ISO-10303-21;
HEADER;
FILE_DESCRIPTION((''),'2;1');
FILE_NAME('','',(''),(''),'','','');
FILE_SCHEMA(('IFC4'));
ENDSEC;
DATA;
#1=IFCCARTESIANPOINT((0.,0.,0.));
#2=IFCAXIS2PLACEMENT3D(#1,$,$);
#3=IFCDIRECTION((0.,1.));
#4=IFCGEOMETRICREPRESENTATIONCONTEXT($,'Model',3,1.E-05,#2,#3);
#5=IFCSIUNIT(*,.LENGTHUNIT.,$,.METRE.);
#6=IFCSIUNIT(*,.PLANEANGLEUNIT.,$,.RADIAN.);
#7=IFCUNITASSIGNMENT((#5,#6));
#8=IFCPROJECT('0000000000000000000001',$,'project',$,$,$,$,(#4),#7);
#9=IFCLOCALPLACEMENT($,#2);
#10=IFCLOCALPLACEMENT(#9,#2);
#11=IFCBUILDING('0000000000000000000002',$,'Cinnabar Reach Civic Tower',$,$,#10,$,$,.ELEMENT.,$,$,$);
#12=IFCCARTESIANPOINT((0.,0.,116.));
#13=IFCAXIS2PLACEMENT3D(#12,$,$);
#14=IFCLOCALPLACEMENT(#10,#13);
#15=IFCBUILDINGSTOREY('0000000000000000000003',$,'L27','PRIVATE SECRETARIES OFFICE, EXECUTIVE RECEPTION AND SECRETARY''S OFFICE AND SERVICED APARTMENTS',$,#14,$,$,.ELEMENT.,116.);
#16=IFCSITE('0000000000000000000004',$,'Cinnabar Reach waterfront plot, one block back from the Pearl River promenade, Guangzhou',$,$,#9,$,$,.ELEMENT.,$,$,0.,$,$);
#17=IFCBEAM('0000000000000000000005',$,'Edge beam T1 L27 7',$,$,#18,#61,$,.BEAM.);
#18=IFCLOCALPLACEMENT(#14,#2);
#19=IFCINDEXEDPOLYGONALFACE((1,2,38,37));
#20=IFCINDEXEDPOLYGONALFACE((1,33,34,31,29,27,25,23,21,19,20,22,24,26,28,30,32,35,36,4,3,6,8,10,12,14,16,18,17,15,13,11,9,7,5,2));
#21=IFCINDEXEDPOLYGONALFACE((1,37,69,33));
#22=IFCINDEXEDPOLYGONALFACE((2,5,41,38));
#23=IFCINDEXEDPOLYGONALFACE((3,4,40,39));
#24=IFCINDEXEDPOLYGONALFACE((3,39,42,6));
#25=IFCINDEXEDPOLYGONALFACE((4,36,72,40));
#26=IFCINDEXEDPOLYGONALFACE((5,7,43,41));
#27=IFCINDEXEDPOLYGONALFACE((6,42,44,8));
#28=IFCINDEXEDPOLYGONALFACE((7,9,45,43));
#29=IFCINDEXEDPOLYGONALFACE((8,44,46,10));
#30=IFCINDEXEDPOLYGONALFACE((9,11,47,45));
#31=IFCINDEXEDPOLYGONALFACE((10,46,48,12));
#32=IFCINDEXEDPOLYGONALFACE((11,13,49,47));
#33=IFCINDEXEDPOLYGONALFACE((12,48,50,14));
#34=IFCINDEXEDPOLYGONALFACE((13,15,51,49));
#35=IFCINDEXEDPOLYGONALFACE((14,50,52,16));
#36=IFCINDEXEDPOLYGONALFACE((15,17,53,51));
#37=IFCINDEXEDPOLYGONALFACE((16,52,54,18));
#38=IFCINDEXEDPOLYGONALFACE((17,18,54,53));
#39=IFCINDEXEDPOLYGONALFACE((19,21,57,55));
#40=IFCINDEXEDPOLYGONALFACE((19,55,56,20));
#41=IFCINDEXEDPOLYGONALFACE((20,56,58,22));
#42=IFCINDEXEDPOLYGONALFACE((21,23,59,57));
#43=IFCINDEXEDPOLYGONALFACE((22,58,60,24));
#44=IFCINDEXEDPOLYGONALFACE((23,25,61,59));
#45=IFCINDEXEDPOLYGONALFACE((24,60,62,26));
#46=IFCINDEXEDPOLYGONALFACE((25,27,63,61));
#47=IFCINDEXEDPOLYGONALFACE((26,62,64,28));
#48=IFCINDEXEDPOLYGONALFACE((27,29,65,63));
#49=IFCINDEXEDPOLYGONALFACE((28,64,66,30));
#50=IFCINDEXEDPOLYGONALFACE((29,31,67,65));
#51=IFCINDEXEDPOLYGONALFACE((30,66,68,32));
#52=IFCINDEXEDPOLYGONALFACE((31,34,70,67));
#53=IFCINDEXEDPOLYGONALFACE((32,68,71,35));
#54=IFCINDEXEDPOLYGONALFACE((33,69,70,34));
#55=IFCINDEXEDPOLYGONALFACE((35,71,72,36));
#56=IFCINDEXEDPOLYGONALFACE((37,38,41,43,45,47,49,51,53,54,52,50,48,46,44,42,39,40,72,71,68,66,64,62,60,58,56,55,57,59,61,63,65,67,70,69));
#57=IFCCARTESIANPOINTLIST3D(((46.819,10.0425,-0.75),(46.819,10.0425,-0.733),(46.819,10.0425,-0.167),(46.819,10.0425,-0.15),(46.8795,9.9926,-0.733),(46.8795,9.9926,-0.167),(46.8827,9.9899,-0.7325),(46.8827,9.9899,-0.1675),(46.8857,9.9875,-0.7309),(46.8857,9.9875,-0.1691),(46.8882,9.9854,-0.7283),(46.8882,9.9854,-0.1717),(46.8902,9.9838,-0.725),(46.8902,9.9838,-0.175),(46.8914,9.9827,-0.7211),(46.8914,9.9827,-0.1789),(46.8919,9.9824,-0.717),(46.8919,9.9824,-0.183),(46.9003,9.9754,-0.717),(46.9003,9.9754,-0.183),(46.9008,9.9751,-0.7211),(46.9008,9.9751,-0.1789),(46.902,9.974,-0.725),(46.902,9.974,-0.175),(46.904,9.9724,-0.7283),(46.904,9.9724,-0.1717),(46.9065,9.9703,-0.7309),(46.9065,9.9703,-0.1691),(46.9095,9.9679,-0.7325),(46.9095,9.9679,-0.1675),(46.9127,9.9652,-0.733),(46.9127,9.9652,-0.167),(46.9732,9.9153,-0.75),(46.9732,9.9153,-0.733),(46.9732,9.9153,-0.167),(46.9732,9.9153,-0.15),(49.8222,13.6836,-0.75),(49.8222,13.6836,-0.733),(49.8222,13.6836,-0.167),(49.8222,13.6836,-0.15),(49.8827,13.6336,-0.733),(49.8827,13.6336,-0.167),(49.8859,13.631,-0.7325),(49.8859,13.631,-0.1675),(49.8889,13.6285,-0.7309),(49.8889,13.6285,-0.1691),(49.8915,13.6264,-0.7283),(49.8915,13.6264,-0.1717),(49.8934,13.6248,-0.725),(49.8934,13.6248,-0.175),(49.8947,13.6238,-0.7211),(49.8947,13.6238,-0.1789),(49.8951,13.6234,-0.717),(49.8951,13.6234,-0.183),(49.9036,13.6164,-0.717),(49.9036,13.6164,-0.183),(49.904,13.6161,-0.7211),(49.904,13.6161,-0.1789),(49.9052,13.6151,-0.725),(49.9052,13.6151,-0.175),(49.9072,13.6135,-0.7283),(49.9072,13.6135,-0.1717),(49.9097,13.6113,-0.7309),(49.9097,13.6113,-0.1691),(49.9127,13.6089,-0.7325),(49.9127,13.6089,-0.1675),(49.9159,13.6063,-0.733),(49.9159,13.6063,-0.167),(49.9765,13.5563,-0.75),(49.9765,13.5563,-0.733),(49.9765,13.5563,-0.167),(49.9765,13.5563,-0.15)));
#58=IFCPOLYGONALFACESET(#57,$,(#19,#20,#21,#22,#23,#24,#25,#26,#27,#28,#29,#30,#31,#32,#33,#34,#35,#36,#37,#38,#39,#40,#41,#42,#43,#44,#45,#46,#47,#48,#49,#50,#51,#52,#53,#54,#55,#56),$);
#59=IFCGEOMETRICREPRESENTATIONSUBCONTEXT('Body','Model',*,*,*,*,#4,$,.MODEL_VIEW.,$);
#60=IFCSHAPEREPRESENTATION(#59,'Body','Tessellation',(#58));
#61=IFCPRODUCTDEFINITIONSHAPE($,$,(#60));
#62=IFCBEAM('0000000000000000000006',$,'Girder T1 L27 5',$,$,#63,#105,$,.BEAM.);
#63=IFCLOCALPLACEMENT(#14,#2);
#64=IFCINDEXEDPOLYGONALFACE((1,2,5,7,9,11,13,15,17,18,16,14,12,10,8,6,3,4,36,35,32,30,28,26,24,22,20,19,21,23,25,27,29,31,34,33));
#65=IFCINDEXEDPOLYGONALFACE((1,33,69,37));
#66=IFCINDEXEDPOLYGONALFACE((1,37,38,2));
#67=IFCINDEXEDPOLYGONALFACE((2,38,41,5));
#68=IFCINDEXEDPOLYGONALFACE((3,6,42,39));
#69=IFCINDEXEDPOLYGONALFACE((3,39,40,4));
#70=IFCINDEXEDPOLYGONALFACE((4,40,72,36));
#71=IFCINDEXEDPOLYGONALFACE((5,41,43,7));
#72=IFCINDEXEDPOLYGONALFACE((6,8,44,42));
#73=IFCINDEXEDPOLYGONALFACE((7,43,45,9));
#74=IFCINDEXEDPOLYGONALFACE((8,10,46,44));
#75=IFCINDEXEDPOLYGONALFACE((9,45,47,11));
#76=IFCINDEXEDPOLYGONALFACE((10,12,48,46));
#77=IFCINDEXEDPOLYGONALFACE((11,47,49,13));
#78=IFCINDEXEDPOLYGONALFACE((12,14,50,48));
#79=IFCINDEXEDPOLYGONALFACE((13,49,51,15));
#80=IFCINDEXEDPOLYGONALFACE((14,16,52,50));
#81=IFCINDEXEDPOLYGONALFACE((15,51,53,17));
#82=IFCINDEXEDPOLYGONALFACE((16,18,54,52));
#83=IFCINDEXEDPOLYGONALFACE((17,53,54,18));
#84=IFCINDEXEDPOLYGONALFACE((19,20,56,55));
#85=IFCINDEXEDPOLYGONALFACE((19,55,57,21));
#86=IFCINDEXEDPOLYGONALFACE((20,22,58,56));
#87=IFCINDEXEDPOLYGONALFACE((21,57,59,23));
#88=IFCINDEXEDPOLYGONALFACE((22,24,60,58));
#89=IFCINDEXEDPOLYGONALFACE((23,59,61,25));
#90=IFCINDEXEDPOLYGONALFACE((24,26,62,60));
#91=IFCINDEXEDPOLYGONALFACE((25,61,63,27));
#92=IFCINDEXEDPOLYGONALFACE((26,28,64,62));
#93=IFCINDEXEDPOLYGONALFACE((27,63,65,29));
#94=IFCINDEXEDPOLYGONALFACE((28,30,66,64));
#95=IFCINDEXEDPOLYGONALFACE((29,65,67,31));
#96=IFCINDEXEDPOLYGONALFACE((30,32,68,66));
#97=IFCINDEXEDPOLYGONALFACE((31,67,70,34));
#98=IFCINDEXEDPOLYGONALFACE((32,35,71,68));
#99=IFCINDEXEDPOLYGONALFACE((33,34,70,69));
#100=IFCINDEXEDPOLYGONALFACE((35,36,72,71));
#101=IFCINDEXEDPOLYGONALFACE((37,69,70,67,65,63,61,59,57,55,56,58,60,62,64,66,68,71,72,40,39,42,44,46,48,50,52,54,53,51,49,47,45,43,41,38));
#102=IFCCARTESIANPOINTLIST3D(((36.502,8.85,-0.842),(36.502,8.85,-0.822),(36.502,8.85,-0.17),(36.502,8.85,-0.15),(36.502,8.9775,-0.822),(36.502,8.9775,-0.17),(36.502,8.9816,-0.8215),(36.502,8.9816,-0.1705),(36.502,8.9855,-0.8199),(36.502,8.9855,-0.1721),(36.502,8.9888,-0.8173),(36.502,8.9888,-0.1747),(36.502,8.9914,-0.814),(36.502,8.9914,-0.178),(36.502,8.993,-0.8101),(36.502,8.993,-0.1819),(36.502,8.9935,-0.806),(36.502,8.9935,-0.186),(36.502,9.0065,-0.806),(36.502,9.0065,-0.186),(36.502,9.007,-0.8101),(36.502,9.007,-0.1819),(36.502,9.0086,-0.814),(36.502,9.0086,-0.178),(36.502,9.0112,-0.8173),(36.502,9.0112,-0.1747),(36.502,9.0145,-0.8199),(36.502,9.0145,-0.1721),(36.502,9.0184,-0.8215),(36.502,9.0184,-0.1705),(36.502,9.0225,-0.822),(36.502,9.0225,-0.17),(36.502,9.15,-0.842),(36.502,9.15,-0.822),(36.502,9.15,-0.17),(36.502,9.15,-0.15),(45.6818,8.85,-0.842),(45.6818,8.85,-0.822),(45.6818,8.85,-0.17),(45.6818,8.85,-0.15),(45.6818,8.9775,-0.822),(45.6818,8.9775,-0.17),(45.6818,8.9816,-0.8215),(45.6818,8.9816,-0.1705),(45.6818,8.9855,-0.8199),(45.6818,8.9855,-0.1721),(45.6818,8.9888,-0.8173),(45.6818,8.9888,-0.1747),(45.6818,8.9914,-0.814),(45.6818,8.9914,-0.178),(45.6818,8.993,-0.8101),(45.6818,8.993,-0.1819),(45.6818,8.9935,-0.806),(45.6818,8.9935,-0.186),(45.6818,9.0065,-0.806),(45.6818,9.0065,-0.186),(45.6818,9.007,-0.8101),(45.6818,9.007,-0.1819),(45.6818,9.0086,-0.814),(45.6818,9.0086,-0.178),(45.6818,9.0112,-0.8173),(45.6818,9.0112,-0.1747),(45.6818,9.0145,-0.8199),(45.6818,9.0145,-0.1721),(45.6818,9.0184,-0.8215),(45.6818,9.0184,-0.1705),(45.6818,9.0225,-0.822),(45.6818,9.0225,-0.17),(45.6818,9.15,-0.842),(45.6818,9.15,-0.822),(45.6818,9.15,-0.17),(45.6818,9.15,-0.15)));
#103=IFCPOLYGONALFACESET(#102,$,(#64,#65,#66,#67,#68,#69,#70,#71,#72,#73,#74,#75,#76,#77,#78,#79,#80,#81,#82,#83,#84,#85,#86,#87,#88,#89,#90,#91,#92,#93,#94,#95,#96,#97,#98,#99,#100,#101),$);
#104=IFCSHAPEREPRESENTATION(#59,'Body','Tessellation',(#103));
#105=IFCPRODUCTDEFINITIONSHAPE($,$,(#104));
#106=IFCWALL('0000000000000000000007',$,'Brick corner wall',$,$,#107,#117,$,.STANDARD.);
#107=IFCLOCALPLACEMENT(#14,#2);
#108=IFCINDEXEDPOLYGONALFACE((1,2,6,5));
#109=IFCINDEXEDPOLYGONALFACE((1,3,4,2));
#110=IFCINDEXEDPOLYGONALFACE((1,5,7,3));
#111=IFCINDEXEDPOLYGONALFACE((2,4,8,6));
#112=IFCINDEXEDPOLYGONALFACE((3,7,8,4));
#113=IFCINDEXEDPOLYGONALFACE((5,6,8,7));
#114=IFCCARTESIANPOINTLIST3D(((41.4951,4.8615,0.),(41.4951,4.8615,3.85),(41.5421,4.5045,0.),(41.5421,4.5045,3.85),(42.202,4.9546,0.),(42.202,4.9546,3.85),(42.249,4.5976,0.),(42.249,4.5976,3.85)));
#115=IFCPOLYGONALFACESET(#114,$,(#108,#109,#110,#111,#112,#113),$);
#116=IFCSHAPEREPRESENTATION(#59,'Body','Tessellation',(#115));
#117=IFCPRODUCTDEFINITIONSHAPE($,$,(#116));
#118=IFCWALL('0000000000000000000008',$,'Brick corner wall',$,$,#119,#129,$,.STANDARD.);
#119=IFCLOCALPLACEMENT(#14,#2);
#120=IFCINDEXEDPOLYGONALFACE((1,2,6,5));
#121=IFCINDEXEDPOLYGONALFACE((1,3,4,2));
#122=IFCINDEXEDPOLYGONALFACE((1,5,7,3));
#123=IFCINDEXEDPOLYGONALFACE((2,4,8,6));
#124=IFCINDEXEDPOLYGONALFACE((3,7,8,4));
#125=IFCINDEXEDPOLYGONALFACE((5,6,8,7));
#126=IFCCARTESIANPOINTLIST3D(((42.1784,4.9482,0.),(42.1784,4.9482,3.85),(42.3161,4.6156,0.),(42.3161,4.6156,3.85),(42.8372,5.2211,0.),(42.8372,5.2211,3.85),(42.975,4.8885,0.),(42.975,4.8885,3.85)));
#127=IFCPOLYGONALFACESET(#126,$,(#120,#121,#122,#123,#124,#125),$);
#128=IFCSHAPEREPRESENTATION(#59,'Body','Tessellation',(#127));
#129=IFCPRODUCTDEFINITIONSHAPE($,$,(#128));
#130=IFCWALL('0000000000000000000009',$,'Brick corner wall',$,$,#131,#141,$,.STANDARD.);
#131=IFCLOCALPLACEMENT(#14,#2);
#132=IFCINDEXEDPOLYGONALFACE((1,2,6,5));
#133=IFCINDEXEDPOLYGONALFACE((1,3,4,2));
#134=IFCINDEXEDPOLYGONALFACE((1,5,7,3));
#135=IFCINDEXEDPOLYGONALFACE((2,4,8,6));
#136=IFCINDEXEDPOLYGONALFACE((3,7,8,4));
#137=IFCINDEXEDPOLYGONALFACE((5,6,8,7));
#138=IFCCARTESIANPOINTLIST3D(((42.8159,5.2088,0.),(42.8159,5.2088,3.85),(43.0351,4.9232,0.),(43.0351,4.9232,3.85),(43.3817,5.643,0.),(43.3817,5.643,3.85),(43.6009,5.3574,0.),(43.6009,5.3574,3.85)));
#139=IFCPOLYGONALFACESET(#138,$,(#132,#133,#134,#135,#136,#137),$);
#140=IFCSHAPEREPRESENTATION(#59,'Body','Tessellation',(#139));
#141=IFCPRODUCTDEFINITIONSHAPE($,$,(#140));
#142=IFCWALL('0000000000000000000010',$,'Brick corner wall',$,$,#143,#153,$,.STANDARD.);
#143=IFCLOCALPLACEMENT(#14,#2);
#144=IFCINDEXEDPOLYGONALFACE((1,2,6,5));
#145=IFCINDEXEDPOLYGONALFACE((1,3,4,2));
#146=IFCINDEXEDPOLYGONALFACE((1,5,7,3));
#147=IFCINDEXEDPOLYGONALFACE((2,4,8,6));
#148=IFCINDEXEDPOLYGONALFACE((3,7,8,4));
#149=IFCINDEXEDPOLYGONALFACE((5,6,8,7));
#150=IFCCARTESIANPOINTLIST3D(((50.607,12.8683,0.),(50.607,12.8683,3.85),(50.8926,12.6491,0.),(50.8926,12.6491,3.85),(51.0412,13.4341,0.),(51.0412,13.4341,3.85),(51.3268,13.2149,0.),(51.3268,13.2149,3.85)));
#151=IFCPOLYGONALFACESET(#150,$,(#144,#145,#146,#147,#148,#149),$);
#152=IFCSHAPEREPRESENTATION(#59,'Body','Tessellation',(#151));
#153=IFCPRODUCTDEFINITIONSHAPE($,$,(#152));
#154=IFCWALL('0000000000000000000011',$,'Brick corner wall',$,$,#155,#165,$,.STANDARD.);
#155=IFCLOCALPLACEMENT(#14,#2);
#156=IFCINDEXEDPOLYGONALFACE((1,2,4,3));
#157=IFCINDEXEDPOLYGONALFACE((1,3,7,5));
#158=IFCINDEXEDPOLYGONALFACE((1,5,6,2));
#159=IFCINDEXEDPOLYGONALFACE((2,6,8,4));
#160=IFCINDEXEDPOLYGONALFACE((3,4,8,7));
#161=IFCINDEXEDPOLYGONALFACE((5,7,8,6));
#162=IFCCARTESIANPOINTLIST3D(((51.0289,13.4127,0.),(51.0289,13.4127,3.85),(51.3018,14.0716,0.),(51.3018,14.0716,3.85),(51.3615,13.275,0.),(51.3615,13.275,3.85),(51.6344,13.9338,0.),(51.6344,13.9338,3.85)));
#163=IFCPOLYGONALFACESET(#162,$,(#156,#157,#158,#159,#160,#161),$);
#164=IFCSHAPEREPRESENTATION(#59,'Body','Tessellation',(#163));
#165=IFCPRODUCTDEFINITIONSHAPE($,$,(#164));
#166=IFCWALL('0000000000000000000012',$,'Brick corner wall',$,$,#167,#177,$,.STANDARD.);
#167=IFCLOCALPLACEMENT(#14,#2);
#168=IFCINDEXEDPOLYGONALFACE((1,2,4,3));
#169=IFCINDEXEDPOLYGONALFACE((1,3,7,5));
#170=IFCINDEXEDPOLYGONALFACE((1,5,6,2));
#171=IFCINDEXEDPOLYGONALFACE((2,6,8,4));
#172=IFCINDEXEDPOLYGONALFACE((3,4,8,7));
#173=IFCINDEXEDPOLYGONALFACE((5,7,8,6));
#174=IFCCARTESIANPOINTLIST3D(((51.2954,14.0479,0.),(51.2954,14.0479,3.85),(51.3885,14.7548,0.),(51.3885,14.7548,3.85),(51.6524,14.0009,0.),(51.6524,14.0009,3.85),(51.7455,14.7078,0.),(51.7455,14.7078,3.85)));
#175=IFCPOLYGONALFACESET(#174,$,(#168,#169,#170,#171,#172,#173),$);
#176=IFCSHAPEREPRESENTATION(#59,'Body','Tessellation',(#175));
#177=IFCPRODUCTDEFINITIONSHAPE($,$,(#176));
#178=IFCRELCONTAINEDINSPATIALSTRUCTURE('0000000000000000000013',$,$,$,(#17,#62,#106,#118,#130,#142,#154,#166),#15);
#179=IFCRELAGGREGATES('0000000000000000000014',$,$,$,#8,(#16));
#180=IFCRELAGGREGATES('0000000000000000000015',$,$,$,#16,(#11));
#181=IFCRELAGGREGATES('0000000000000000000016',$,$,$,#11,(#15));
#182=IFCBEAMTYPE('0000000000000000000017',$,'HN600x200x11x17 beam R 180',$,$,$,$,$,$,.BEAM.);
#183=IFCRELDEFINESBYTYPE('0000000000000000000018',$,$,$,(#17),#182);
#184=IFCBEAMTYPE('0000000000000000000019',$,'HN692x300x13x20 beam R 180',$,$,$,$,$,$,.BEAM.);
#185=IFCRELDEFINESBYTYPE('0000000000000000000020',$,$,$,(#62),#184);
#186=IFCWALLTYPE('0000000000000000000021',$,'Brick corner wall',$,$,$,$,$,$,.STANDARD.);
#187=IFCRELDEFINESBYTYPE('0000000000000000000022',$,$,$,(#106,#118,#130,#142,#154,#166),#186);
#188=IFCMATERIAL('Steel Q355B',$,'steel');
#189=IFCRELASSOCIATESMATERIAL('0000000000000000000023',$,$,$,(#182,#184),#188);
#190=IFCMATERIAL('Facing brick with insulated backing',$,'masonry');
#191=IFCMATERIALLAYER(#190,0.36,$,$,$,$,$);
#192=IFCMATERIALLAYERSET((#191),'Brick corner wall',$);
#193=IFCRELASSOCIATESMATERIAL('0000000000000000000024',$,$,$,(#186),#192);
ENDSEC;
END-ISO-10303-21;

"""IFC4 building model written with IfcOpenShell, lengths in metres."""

from ifc_helpers import new_model, si_unit, direction, frame, frame_2d, origin, origin_2d, place, context, subcontext, project, spatial, rectangle, i_section, extrude, material, layer, layer_set, material_profile, profile_set, type_object, element, save


model = new_model("IFC4")

# Units and contexts
model_context = context("Model", 3, precision=1e-05, world=origin(), true_north=direction((0.0, 1.0)))
body_context = subcontext(model_context, "Body", "Model", "MODEL_VIEW")
ifc_project = project(units=[si_unit("LENGTHUNIT", "METRE"), si_unit("PLANEANGLEUNIT", "RADIAN")], contexts=[model_context])

# Site, building, storey
site_placement = place(None, origin())
site = spatial("IfcSite", under=ifc_project, at=site_placement, Name="Cinnabar Reach waterfront plot, one block back from the Pearl River promenade, Guangzhou", CompositionType="ELEMENT", RefElevation=0.0)
building_placement = place(site_placement, origin())
building = spatial("IfcBuilding", under=site, at=building_placement, Name="Cinnabar Reach Civic Tower", CompositionType="ELEMENT")
storey_placement = place(building_placement, frame((0.0, 0.0, 116.0)))
storey = spatial("IfcBuildingStorey", under=building, at=storey_placement, Name="L27", Description="PRIVATE SECRETARIES OFFICE, EXECUTIVE RECEPTION AND SECRETARY'S OFFICE AND SERVICED APARTMENTS", CompositionType="ELEMENT", Elevation=116.0)

# Beams
ifc_material_1 = material(Name="Steel Q355B", Category="steel")
ifc_material_profile_1 = material_profile(ifc_material_1, i_section(OverallWidth=0.2, OverallDepth=0.6, WebThickness=0.011, FlangeThickness=0.017, FilletRadius=0.016, at=origin_2d()), Name="HN600x200x11x17")
ifc_profile_set_1 = profile_set([ifc_material_profile_1], Name="Steel Q355B")
beam_type_1 = type_object("IfcBeamType", Name="HN600x200x11x17 beam R 180", PredefinedType="BEAM", material=ifc_profile_set_1)
for number, where, z_axis, x_axis, name in (
    (1, (46.8961, 9.9789, -0.45), (0.636304, 0.771438, 0.0), (-0.771438, 0.636304, 0.0), "Edge beam T1 L27 7"),
):
    element("IfcBeam", number, at=place(storey_placement, frame(where, z_axis=z_axis, x_axis=x_axis)), inside=storey, type_object=beam_type_1, Name=name, PredefinedType="BEAM", context=body_context, shape_type="SweptSolid", body=[
        extrude(i_section(OverallWidth=0.2, OverallDepth=0.6, WebThickness=0.011, FlangeThickness=0.017, FilletRadius=0.016, at=origin_2d()), origin(), (0.0, 0.0, 1.0), 4.7198),
    ])
ifc_material_profile_2 = material_profile(ifc_material_1, i_section(OverallWidth=0.3, OverallDepth=0.692, WebThickness=0.013, FlangeThickness=0.02, FilletRadius=0.016, at=origin_2d()), Name="HN692x300x13x20")
ifc_profile_set_2 = profile_set([ifc_material_profile_2], Name="Steel Q355B")
beam_type_2 = type_object("IfcBeamType", Name="HN692x300x13x20 beam R 180", PredefinedType="BEAM", material=ifc_profile_set_2)
beam_1_placement = place(storey_placement, frame((36.502, 9.0, -0.496), z_axis=(1.0, 0.0, 0.0), x_axis=(0.0, 1.0, 0.0)))
element("IfcBeam", 2, at=beam_1_placement, inside=storey, type_object=beam_type_2, Name="Girder T1 L27 5", PredefinedType="BEAM", context=body_context, shape_type="SweptSolid", body=[
    extrude(i_section(OverallWidth=0.3, OverallDepth=0.692, WebThickness=0.013, FlangeThickness=0.02, FilletRadius=0.016, at=origin_2d()), origin(), (0.0, 0.0, 1.0), 9.1798),
])

# Walls
ifc_material_2 = material(Name="Facing brick with insulated backing", Category="masonry")
ifc_layer_1 = layer(ifc_material_2, 0.36)
ifc_layer_set_1 = layer_set([ifc_layer_1], Name="Brick corner wall")
wall_type_1 = type_object("IfcWallType", Name="Brick corner wall", PredefinedType="STANDARD", material=ifc_layer_set_1)
for number, where, z_axis, x_axis, name in (
    (3, (41.5186, 4.683, 0.0), (0.0, 0.0, 1.0), (0.991441, 0.130556, 0.0), "Brick corner wall"),
    (4, (42.2473, 4.7819, 0.0), (0.0, 0.0, 1.0), (0.923872, 0.382703, 0.0), "Brick corner wall"),
):
    element("IfcWall", number, at=place(storey_placement, frame(where, z_axis=z_axis, x_axis=x_axis)), inside=storey, type_object=wall_type_1, Name=name, PredefinedType="STANDARD", context=body_context, shape_type="SweptSolid", body=[
        extrude(rectangle(XDim=0.7131, YDim=0.36, at=frame_2d((0.3565, 0.0))), origin(), (0.0, 0.0, 1.0), 3.85),
    ])
for number, where, z_axis, x_axis, name in (
    (5, (42.9255, 5.066, 0.0), (0.0, 0.0, 1.0), (0.793322, 0.608802, 0.0), "Brick corner wall"),
    (6, (50.7498, 12.7587, 0.0), (0.0, 0.0, 1.0), (0.608802, 0.793322, 0.0), "Brick corner wall"),
):
    element("IfcWall", number, at=place(storey_placement, frame(where, z_axis=z_axis, x_axis=x_axis)), inside=storey, type_object=wall_type_1, Name=name, PredefinedType="STANDARD", context=body_context, shape_type="SweptSolid", body=[
        extrude(rectangle(XDim=0.7132, YDim=0.36, at=frame_2d((0.3566, 0.0))), origin(), (0.0, 0.0, 1.0), 3.85),
    ])
for number, where, z_axis, x_axis, name in (
    (7, (51.1952, 13.3439, 0.0), (0.0, 0.0, 1.0), (0.382703, 0.923872, 0.0), "Brick corner wall"),
    (8, (51.4739, 14.0244, 0.0), (0.0, 0.0, 1.0), (0.130556, 0.991441, 0.0), "Brick corner wall"),
):
    element("IfcWall", number, at=place(storey_placement, frame(where, z_axis=z_axis, x_axis=x_axis)), inside=storey, type_object=wall_type_1, Name=name, PredefinedType="STANDARD", context=body_context, shape_type="SweptSolid", body=[
        extrude(rectangle(XDim=0.7131, YDim=0.36, at=frame_2d((0.3565, 0.0))), origin(), (0.0, 0.0, 1.0), 3.85),
    ])

save(model, "model.ifc")
